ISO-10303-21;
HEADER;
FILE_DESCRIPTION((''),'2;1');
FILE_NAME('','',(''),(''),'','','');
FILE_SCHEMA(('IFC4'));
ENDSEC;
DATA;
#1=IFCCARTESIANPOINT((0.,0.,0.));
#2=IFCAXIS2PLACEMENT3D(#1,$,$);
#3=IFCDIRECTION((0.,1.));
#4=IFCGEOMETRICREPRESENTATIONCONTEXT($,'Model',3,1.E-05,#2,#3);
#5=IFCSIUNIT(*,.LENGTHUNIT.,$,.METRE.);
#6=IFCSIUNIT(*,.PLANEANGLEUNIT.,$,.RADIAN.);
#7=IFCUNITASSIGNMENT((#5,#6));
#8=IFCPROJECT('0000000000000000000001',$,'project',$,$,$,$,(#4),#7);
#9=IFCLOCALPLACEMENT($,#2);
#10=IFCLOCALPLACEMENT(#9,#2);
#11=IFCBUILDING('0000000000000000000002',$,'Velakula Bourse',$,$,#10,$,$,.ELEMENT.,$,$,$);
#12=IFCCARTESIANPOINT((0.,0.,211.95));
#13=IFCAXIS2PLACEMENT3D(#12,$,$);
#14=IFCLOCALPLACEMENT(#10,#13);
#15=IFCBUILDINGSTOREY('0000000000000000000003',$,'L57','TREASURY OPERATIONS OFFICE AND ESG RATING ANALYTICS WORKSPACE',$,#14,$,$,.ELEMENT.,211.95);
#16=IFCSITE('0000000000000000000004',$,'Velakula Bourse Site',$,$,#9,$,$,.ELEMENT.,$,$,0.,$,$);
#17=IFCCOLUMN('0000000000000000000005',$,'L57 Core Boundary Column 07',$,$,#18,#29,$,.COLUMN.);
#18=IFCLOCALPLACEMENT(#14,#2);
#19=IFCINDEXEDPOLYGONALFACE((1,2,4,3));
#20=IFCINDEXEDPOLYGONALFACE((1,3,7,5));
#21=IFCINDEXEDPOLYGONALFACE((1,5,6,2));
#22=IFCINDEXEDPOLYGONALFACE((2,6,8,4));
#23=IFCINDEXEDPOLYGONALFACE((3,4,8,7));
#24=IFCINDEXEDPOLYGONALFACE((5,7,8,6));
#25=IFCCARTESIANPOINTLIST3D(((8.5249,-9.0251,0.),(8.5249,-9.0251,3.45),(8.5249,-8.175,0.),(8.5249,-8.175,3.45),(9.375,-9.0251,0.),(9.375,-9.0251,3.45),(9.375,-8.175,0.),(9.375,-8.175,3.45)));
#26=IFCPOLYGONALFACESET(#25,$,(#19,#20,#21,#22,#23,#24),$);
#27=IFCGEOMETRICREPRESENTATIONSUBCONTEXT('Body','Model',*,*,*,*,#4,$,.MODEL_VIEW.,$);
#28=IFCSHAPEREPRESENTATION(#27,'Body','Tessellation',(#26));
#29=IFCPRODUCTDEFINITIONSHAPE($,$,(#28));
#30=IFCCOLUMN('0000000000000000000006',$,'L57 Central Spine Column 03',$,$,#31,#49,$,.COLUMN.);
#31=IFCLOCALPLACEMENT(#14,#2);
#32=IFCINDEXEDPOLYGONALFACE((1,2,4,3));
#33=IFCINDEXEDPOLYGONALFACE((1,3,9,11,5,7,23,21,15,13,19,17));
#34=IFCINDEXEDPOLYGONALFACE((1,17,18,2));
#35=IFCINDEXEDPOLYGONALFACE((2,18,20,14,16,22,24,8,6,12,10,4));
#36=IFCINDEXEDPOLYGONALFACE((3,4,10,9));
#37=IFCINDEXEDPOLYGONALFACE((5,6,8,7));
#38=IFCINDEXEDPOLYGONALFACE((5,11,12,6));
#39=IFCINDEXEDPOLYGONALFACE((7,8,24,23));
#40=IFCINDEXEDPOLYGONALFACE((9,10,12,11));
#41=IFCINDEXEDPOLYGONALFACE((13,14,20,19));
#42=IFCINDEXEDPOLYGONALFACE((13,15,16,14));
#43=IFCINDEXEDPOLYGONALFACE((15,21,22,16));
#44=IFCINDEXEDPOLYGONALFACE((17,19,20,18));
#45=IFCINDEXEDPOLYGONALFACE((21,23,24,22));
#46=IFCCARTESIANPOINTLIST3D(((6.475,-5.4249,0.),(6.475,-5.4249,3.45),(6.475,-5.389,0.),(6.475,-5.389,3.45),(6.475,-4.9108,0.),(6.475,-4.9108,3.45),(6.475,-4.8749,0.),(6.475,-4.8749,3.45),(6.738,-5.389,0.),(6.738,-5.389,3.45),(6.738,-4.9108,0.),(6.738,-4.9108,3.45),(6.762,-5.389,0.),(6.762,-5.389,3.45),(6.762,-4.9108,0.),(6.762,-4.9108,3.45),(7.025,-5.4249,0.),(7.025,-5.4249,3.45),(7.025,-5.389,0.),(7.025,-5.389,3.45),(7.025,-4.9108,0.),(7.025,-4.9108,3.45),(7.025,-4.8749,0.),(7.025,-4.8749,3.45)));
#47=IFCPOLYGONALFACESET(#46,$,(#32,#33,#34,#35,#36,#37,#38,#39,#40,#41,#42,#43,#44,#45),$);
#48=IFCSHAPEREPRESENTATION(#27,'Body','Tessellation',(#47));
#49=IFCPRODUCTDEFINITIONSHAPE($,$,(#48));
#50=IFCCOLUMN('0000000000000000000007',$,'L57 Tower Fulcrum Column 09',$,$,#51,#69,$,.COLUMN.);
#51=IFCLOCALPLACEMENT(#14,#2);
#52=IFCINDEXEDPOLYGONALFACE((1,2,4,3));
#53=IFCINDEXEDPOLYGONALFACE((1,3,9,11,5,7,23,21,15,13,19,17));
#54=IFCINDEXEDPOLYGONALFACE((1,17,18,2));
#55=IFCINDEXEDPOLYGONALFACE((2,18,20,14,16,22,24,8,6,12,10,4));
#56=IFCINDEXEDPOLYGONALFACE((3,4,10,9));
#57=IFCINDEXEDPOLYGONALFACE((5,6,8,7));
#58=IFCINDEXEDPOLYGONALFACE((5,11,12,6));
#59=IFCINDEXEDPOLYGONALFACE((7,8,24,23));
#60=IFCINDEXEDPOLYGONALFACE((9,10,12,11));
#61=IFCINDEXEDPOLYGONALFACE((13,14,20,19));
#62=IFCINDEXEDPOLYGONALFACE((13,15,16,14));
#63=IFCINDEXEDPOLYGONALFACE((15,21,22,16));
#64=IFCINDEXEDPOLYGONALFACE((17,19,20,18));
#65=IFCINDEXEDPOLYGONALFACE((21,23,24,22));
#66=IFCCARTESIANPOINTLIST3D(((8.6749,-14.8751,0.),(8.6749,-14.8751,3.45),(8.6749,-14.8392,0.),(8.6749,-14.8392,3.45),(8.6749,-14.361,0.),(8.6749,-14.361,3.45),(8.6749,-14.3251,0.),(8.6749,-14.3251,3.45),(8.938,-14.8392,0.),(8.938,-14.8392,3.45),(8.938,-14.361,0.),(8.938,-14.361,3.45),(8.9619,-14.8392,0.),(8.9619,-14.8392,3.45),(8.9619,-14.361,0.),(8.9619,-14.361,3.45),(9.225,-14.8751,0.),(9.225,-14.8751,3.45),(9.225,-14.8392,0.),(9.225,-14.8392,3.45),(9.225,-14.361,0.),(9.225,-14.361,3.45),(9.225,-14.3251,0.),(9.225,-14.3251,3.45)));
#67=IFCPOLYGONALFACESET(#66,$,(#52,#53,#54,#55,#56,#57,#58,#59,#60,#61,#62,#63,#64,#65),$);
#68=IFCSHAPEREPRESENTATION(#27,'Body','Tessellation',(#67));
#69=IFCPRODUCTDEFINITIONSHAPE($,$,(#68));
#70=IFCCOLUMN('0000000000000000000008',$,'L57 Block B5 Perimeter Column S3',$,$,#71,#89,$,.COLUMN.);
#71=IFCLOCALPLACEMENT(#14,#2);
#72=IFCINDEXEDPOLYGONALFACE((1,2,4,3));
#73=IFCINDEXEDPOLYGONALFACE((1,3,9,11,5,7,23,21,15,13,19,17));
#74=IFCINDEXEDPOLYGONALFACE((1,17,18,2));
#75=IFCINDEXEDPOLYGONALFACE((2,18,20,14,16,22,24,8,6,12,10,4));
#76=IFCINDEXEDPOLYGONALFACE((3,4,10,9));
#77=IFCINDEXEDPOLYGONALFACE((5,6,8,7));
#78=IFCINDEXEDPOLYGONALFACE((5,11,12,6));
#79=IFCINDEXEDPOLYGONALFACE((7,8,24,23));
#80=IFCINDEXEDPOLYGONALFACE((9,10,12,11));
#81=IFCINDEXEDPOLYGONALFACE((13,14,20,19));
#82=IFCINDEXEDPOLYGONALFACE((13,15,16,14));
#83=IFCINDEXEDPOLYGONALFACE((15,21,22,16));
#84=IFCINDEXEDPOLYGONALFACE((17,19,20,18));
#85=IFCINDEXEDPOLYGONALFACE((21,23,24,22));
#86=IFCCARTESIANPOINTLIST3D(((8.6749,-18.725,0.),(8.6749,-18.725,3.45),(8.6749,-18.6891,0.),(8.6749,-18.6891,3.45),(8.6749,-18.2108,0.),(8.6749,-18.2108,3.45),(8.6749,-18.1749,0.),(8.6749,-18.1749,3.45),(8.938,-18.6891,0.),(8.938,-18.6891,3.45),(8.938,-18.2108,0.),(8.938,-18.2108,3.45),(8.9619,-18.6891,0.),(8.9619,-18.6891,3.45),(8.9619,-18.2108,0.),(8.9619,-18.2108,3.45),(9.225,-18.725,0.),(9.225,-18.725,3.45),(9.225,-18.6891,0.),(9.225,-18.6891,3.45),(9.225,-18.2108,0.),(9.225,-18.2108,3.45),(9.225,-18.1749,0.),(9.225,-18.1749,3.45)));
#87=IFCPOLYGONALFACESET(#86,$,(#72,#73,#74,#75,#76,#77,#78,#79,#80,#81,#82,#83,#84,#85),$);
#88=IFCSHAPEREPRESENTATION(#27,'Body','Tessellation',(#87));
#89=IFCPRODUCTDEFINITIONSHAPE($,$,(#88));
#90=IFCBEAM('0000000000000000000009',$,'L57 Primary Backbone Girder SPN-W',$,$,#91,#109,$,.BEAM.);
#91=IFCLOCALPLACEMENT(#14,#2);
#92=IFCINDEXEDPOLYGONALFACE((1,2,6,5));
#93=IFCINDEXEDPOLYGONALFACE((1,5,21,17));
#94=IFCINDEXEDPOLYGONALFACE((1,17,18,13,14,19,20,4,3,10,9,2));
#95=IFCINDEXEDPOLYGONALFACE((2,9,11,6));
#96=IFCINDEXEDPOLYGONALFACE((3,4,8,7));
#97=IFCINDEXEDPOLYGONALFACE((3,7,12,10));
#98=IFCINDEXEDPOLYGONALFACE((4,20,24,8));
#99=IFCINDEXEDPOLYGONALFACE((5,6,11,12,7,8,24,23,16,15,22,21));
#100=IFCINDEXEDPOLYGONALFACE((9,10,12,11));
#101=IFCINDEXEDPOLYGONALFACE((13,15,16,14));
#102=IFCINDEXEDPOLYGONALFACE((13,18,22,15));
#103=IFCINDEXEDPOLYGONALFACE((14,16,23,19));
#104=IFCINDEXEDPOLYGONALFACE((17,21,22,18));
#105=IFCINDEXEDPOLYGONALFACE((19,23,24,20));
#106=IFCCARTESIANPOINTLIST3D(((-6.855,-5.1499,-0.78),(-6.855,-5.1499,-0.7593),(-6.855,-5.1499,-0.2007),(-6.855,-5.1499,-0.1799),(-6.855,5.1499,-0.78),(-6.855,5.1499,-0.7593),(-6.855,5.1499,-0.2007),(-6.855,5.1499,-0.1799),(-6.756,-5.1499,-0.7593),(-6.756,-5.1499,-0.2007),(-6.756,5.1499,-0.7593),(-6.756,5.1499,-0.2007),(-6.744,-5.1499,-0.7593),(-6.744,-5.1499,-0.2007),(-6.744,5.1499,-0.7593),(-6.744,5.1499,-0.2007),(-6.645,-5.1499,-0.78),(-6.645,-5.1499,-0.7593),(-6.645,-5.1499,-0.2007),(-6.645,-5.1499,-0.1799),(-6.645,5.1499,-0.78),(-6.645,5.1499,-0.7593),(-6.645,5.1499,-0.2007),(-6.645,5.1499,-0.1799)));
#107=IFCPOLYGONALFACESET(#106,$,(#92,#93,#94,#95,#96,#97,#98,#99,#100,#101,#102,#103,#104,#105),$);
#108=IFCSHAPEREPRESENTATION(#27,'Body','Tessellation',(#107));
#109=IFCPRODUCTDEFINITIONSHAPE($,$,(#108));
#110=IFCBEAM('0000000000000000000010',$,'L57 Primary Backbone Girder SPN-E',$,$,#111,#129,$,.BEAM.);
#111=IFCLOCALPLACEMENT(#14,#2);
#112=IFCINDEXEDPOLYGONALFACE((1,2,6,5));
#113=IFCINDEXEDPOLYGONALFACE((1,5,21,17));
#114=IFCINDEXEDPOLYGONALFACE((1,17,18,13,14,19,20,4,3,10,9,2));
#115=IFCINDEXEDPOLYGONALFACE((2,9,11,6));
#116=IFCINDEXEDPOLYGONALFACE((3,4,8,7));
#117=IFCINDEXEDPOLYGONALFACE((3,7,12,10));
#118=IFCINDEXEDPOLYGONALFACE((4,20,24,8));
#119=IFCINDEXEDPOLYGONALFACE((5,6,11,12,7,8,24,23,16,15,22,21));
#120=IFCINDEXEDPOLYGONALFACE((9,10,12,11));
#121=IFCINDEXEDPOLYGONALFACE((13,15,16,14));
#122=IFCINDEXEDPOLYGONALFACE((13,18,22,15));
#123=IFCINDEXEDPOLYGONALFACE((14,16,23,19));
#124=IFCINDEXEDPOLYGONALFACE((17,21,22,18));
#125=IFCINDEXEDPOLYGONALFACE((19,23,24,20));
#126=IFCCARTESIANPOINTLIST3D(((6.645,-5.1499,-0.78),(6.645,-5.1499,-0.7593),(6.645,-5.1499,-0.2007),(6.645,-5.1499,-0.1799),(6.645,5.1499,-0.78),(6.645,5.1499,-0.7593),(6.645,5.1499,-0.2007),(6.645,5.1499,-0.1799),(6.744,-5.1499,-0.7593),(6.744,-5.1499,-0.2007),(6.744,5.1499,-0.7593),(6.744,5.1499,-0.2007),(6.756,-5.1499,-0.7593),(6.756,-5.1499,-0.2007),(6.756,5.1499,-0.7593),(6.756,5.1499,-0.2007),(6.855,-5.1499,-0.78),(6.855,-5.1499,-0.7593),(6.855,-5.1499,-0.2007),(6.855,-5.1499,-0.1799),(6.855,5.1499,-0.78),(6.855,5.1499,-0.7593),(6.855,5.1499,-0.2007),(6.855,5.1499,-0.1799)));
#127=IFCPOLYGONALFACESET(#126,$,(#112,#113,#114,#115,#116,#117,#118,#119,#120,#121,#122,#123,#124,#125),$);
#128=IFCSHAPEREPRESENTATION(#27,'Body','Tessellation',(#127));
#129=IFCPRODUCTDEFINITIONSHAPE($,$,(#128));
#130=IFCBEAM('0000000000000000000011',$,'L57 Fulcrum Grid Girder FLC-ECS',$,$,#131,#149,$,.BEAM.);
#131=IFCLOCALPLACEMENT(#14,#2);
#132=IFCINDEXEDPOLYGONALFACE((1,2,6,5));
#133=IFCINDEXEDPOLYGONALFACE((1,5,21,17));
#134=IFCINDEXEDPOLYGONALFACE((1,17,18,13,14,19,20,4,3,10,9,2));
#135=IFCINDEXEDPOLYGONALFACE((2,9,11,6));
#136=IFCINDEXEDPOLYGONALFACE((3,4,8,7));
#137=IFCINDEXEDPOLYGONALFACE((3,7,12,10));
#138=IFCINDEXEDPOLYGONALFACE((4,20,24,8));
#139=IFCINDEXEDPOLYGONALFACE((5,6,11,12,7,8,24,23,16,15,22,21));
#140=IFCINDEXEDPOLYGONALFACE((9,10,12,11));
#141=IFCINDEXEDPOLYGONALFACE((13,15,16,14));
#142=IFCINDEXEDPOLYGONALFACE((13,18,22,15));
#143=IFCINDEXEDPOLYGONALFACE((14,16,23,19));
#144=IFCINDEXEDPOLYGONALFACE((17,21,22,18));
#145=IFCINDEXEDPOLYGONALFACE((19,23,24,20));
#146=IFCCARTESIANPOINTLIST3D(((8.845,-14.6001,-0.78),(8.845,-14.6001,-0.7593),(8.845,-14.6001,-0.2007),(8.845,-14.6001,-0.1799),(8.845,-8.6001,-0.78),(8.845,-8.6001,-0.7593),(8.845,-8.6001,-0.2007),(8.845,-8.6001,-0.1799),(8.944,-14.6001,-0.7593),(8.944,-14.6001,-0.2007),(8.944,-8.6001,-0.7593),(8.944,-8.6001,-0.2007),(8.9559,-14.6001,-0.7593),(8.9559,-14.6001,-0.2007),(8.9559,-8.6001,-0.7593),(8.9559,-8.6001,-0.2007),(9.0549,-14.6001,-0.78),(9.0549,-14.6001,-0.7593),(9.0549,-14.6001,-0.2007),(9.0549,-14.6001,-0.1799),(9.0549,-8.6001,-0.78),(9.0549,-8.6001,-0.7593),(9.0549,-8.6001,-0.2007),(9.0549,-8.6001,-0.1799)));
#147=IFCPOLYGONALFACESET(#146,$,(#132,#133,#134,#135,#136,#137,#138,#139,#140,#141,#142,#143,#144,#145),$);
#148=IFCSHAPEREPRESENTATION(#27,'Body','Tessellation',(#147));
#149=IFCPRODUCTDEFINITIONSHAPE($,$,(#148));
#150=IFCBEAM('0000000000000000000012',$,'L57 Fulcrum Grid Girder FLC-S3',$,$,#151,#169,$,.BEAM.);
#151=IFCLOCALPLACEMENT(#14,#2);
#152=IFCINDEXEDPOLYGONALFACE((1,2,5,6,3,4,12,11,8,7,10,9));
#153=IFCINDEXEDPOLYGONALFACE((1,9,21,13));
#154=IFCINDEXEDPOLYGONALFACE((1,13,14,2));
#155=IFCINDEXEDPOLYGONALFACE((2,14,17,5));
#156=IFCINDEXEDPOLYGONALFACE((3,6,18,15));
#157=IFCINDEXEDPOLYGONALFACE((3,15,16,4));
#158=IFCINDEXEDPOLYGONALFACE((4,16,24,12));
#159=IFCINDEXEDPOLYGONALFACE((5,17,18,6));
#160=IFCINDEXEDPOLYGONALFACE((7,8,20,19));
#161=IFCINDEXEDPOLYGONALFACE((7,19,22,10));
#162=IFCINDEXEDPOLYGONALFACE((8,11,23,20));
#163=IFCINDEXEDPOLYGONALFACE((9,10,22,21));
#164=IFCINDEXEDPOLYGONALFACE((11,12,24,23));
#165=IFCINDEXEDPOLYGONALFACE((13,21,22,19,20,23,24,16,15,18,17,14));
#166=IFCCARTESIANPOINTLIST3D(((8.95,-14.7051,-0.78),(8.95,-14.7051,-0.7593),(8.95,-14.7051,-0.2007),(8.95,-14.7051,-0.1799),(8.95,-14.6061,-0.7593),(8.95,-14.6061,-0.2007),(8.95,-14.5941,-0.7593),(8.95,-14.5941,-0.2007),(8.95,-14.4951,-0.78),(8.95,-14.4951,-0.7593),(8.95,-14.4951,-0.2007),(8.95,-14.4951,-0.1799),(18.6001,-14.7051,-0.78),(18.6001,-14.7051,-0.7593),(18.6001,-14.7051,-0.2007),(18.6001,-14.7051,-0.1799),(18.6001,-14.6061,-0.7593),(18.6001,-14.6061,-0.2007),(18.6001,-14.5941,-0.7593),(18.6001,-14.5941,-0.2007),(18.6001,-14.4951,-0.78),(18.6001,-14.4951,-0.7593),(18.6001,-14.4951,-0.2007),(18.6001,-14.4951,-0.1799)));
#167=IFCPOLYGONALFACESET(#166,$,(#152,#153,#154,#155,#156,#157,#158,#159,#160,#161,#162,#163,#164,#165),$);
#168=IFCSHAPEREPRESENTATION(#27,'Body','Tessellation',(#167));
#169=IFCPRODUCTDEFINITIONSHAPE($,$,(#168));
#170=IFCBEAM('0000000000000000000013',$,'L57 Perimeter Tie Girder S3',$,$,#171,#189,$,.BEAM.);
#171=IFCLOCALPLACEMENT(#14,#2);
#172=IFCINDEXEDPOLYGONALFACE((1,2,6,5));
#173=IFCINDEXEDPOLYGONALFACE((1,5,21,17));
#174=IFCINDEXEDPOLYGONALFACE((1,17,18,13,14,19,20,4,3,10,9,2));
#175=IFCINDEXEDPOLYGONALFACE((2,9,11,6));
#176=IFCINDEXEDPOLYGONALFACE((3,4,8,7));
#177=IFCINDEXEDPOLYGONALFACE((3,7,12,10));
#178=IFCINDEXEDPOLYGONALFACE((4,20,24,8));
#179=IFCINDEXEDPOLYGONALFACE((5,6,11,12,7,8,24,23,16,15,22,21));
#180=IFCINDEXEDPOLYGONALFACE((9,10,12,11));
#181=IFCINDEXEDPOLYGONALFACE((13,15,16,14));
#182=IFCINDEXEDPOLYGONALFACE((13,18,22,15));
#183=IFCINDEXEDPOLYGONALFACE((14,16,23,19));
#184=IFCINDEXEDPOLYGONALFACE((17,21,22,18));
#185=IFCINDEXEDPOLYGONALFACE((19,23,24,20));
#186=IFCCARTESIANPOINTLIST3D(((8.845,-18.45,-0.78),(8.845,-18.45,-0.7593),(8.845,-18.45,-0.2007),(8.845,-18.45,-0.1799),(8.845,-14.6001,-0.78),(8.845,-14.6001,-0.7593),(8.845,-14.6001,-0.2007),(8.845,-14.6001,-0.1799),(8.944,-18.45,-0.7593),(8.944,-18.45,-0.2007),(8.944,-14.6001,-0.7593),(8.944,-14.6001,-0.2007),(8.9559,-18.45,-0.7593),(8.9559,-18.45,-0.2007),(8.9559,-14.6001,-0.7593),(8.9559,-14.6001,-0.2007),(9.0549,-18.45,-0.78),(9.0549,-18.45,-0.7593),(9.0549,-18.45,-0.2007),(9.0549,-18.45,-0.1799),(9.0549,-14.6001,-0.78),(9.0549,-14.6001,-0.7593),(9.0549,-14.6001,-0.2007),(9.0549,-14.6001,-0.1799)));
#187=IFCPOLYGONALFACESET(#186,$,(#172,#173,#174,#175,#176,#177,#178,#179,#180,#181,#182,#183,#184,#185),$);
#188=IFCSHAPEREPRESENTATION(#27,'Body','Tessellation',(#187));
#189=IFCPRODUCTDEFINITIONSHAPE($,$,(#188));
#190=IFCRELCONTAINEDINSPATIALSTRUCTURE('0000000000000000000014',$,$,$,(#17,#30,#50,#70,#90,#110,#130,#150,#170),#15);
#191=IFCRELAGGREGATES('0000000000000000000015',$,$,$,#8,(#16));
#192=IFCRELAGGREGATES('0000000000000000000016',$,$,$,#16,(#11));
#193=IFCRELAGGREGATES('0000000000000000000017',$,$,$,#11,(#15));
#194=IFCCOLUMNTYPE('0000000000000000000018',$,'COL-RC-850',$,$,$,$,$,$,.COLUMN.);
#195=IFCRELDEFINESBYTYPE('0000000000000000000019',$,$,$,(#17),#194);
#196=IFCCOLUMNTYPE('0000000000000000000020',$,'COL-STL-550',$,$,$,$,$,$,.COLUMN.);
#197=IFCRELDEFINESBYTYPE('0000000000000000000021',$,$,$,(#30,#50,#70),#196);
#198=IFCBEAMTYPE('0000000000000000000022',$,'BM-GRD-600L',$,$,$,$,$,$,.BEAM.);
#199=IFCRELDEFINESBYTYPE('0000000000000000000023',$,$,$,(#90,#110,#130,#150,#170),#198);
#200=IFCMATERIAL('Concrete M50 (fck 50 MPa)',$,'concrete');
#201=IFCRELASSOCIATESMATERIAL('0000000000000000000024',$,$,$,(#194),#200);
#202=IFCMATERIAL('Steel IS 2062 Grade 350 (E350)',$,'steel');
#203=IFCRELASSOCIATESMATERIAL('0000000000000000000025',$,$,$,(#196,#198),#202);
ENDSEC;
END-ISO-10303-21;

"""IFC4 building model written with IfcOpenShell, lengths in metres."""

from ifc_helpers import new_model, si_unit, direction, frame, origin, origin_2d, place, context, subcontext, project, spatial, rectangle, i_section, extrude, material, material_profile, profile_set, type_object, element, save


model = new_model("IFC4")

# Units and contexts
model_context = context("Model", 3, precision=1e-05, world=origin(), true_north=direction((0.0, 1.0)))
body_context = subcontext(model_context, "Body", "Model", "MODEL_VIEW")
ifc_project = project(units=[si_unit("LENGTHUNIT", "METRE"), si_unit("PLANEANGLEUNIT", "RADIAN")], contexts=[model_context])

# Site, building, storey
site_placement = place(None, origin())
site = spatial("IfcSite", under=ifc_project, at=site_placement, Name="Velakula Bourse Site", CompositionType="ELEMENT", RefElevation=0.0)
building_placement = place(site_placement, origin())
building = spatial("IfcBuilding", under=site, at=building_placement, Name="Velakula Bourse", CompositionType="ELEMENT")
storey_placement = place(building_placement, frame((0.0, 0.0, 211.95)))
storey = spatial("IfcBuildingStorey", under=building, at=storey_placement, Name="L57", Description="TREASURY OPERATIONS OFFICE AND ESG RATING ANALYTICS WORKSPACE", CompositionType="ELEMENT", Elevation=211.95)

# Columns
ifc_material_1 = material(Name="Concrete M50 (fck 50 MPa)", Category="concrete")
ifc_material_profile_1 = material_profile(ifc_material_1, rectangle(XDim=0.8501, YDim=0.8501, at=origin_2d()), Name="Concrete M50 (fck 50 MPa)")
ifc_profile_set_1 = profile_set([ifc_material_profile_1], Name="Concrete M50 (fck 50 MPa)")
column_type_1 = type_object("IfcColumnType", Name="COL-RC-850", PredefinedType="COLUMN", material=ifc_profile_set_1)
column_placement = place(storey_placement, frame((8.95, -8.6001, 0.0), z_axis=(0.0, 0.0, 1.0), x_axis=(1.0, 0.0, 0.0)))
element("IfcColumn", 1, at=column_placement, inside=storey, type_object=column_type_1, Name="L57 Core Boundary Column 07", PredefinedType="COLUMN", context=body_context, shape_type="SweptSolid", body=[
    extrude(rectangle(XDim=0.8501, YDim=0.8501, at=origin_2d()), origin(), (0.0, 0.0, 1.0), 3.45),
])
ifc_material_2 = material(Name="Steel IS 2062 Grade 350 (E350)", Category="steel")
ifc_material_profile_2 = material_profile(ifc_material_2, i_section(OverallWidth=0.55, OverallDepth=0.55, WebThickness=0.0239, FlangeThickness=0.0359, at=origin_2d()), Name="Steel IS 2062 Grade 350 (E350)")
ifc_profile_set_2 = profile_set([ifc_material_profile_2], Name="Steel IS 2062 Grade 350 (E350)")
column_type_2 = type_object("IfcColumnType", Name="COL-STL-550", PredefinedType="COLUMN", material=ifc_profile_set_2)
for number, where, z_axis, x_axis, name in (
    (2, (6.75, -5.1499, 0.0), (0.0, 0.0, 1.0), (1.0, 0.0, 0.0), "L57 Central Spine Column 03"),
    (3, (8.95, -14.6001, 0.0), (0.0, 0.0, 1.0), (1.0, 0.0, 0.0), "L57 Tower Fulcrum Column 09"),
    (4, (8.95, -18.45, 0.0), (0.0, 0.0, 1.0), (1.0, 0.0, 0.0), "L57 Block B5 Perimeter Column S3"),
):
    element("IfcColumn", number, at=place(storey_placement, frame(where, z_axis=z_axis, x_axis=x_axis)), inside=storey, type_object=column_type_2, Name=name, PredefinedType="COLUMN", context=body_context, shape_type="SweptSolid", body=[
        extrude(i_section(OverallWidth=0.55, OverallDepth=0.55, WebThickness=0.0239, FlangeThickness=0.0359, at=origin_2d()), origin(), (0.0, 0.0, 1.0), 3.45),
    ])

# Beams
ifc_material_profile_3 = material_profile(ifc_material_2, i_section(OverallWidth=0.21, OverallDepth=0.6001, WebThickness=0.012, FlangeThickness=0.0208, at=origin_2d()), Name="Steel IS 2062 Grade 350 (E350)")
ifc_profile_set_3 = profile_set([ifc_material_profile_3], Name="Steel IS 2062 Grade 350 (E350)")
beam_type_1 = type_object("IfcBeamType", Name="BM-GRD-600L", PredefinedType="BEAM", material=ifc_profile_set_3)
for number, where, z_axis, x_axis, name in (
    (5, (-6.75, -5.1499, -0.48), (0.0, 1.0, 0.0), (-1.0, 0.0, 0.0), "L57 Primary Backbone Girder SPN-W"),
    (6, (6.75, -5.1499, -0.48), (0.0, 1.0, 0.0), (-1.0, 0.0, 0.0), "L57 Primary Backbone Girder SPN-E"),
):
    element("IfcBeam", number, at=place(storey_placement, frame(where, z_axis=z_axis, x_axis=x_axis)), inside=storey, type_object=beam_type_1, Name=name, PredefinedType="BEAM", context=body_context, shape_type="SweptSolid", body=[
        extrude(i_section(OverallWidth=0.21, OverallDepth=0.6001, WebThickness=0.012, FlangeThickness=0.0208, at=origin_2d()), origin(), (0.0, 0.0, 1.0), 10.2998),
    ])
beam_1_placement = place(storey_placement, frame((8.95, -14.6001, -0.48), z_axis=(0.0, 1.0, 0.0), x_axis=(-1.0, 0.0, 0.0)))
element("IfcBeam", 7, at=beam_1_placement, inside=storey, type_object=beam_type_1, Name="L57 Fulcrum Grid Girder FLC-ECS", PredefinedType="BEAM", context=body_context, shape_type="SweptSolid", body=[
    extrude(i_section(OverallWidth=0.21, OverallDepth=0.6001, WebThickness=0.012, FlangeThickness=0.0208, at=origin_2d()), origin(), (0.0, 0.0, 1.0), 6.0),
])
beam_2_placement = place(storey_placement, frame((8.95, -14.6001, -0.48), z_axis=(1.0, 0.0, 0.0), x_axis=(0.0, 1.0, 0.0)))
element("IfcBeam", 8, at=beam_2_placement, inside=storey, type_object=beam_type_1, Name="L57 Fulcrum Grid Girder FLC-S3", PredefinedType="BEAM", context=body_context, shape_type="SweptSolid", body=[
    extrude(i_section(OverallWidth=0.21, OverallDepth=0.6001, WebThickness=0.012, FlangeThickness=0.0208, at=origin_2d()), origin(), (0.0, 0.0, 1.0), 9.6501),
])
beam_3_placement = place(storey_placement, frame((8.95, -14.6001, -0.48), z_axis=(0.0, -1.0, 0.0), x_axis=(1.0, 0.0, 0.0)))
element("IfcBeam", 9, at=beam_3_placement, inside=storey, type_object=beam_type_1, Name="L57 Perimeter Tie Girder S3", PredefinedType="BEAM", context=body_context, shape_type="SweptSolid", body=[
    extrude(i_section(OverallWidth=0.21, OverallDepth=0.6001, WebThickness=0.012, FlangeThickness=0.0208, at=origin_2d()), origin(), (0.0, 0.0, 1.0), 3.8499),
])

save(model, "model.ifc")
